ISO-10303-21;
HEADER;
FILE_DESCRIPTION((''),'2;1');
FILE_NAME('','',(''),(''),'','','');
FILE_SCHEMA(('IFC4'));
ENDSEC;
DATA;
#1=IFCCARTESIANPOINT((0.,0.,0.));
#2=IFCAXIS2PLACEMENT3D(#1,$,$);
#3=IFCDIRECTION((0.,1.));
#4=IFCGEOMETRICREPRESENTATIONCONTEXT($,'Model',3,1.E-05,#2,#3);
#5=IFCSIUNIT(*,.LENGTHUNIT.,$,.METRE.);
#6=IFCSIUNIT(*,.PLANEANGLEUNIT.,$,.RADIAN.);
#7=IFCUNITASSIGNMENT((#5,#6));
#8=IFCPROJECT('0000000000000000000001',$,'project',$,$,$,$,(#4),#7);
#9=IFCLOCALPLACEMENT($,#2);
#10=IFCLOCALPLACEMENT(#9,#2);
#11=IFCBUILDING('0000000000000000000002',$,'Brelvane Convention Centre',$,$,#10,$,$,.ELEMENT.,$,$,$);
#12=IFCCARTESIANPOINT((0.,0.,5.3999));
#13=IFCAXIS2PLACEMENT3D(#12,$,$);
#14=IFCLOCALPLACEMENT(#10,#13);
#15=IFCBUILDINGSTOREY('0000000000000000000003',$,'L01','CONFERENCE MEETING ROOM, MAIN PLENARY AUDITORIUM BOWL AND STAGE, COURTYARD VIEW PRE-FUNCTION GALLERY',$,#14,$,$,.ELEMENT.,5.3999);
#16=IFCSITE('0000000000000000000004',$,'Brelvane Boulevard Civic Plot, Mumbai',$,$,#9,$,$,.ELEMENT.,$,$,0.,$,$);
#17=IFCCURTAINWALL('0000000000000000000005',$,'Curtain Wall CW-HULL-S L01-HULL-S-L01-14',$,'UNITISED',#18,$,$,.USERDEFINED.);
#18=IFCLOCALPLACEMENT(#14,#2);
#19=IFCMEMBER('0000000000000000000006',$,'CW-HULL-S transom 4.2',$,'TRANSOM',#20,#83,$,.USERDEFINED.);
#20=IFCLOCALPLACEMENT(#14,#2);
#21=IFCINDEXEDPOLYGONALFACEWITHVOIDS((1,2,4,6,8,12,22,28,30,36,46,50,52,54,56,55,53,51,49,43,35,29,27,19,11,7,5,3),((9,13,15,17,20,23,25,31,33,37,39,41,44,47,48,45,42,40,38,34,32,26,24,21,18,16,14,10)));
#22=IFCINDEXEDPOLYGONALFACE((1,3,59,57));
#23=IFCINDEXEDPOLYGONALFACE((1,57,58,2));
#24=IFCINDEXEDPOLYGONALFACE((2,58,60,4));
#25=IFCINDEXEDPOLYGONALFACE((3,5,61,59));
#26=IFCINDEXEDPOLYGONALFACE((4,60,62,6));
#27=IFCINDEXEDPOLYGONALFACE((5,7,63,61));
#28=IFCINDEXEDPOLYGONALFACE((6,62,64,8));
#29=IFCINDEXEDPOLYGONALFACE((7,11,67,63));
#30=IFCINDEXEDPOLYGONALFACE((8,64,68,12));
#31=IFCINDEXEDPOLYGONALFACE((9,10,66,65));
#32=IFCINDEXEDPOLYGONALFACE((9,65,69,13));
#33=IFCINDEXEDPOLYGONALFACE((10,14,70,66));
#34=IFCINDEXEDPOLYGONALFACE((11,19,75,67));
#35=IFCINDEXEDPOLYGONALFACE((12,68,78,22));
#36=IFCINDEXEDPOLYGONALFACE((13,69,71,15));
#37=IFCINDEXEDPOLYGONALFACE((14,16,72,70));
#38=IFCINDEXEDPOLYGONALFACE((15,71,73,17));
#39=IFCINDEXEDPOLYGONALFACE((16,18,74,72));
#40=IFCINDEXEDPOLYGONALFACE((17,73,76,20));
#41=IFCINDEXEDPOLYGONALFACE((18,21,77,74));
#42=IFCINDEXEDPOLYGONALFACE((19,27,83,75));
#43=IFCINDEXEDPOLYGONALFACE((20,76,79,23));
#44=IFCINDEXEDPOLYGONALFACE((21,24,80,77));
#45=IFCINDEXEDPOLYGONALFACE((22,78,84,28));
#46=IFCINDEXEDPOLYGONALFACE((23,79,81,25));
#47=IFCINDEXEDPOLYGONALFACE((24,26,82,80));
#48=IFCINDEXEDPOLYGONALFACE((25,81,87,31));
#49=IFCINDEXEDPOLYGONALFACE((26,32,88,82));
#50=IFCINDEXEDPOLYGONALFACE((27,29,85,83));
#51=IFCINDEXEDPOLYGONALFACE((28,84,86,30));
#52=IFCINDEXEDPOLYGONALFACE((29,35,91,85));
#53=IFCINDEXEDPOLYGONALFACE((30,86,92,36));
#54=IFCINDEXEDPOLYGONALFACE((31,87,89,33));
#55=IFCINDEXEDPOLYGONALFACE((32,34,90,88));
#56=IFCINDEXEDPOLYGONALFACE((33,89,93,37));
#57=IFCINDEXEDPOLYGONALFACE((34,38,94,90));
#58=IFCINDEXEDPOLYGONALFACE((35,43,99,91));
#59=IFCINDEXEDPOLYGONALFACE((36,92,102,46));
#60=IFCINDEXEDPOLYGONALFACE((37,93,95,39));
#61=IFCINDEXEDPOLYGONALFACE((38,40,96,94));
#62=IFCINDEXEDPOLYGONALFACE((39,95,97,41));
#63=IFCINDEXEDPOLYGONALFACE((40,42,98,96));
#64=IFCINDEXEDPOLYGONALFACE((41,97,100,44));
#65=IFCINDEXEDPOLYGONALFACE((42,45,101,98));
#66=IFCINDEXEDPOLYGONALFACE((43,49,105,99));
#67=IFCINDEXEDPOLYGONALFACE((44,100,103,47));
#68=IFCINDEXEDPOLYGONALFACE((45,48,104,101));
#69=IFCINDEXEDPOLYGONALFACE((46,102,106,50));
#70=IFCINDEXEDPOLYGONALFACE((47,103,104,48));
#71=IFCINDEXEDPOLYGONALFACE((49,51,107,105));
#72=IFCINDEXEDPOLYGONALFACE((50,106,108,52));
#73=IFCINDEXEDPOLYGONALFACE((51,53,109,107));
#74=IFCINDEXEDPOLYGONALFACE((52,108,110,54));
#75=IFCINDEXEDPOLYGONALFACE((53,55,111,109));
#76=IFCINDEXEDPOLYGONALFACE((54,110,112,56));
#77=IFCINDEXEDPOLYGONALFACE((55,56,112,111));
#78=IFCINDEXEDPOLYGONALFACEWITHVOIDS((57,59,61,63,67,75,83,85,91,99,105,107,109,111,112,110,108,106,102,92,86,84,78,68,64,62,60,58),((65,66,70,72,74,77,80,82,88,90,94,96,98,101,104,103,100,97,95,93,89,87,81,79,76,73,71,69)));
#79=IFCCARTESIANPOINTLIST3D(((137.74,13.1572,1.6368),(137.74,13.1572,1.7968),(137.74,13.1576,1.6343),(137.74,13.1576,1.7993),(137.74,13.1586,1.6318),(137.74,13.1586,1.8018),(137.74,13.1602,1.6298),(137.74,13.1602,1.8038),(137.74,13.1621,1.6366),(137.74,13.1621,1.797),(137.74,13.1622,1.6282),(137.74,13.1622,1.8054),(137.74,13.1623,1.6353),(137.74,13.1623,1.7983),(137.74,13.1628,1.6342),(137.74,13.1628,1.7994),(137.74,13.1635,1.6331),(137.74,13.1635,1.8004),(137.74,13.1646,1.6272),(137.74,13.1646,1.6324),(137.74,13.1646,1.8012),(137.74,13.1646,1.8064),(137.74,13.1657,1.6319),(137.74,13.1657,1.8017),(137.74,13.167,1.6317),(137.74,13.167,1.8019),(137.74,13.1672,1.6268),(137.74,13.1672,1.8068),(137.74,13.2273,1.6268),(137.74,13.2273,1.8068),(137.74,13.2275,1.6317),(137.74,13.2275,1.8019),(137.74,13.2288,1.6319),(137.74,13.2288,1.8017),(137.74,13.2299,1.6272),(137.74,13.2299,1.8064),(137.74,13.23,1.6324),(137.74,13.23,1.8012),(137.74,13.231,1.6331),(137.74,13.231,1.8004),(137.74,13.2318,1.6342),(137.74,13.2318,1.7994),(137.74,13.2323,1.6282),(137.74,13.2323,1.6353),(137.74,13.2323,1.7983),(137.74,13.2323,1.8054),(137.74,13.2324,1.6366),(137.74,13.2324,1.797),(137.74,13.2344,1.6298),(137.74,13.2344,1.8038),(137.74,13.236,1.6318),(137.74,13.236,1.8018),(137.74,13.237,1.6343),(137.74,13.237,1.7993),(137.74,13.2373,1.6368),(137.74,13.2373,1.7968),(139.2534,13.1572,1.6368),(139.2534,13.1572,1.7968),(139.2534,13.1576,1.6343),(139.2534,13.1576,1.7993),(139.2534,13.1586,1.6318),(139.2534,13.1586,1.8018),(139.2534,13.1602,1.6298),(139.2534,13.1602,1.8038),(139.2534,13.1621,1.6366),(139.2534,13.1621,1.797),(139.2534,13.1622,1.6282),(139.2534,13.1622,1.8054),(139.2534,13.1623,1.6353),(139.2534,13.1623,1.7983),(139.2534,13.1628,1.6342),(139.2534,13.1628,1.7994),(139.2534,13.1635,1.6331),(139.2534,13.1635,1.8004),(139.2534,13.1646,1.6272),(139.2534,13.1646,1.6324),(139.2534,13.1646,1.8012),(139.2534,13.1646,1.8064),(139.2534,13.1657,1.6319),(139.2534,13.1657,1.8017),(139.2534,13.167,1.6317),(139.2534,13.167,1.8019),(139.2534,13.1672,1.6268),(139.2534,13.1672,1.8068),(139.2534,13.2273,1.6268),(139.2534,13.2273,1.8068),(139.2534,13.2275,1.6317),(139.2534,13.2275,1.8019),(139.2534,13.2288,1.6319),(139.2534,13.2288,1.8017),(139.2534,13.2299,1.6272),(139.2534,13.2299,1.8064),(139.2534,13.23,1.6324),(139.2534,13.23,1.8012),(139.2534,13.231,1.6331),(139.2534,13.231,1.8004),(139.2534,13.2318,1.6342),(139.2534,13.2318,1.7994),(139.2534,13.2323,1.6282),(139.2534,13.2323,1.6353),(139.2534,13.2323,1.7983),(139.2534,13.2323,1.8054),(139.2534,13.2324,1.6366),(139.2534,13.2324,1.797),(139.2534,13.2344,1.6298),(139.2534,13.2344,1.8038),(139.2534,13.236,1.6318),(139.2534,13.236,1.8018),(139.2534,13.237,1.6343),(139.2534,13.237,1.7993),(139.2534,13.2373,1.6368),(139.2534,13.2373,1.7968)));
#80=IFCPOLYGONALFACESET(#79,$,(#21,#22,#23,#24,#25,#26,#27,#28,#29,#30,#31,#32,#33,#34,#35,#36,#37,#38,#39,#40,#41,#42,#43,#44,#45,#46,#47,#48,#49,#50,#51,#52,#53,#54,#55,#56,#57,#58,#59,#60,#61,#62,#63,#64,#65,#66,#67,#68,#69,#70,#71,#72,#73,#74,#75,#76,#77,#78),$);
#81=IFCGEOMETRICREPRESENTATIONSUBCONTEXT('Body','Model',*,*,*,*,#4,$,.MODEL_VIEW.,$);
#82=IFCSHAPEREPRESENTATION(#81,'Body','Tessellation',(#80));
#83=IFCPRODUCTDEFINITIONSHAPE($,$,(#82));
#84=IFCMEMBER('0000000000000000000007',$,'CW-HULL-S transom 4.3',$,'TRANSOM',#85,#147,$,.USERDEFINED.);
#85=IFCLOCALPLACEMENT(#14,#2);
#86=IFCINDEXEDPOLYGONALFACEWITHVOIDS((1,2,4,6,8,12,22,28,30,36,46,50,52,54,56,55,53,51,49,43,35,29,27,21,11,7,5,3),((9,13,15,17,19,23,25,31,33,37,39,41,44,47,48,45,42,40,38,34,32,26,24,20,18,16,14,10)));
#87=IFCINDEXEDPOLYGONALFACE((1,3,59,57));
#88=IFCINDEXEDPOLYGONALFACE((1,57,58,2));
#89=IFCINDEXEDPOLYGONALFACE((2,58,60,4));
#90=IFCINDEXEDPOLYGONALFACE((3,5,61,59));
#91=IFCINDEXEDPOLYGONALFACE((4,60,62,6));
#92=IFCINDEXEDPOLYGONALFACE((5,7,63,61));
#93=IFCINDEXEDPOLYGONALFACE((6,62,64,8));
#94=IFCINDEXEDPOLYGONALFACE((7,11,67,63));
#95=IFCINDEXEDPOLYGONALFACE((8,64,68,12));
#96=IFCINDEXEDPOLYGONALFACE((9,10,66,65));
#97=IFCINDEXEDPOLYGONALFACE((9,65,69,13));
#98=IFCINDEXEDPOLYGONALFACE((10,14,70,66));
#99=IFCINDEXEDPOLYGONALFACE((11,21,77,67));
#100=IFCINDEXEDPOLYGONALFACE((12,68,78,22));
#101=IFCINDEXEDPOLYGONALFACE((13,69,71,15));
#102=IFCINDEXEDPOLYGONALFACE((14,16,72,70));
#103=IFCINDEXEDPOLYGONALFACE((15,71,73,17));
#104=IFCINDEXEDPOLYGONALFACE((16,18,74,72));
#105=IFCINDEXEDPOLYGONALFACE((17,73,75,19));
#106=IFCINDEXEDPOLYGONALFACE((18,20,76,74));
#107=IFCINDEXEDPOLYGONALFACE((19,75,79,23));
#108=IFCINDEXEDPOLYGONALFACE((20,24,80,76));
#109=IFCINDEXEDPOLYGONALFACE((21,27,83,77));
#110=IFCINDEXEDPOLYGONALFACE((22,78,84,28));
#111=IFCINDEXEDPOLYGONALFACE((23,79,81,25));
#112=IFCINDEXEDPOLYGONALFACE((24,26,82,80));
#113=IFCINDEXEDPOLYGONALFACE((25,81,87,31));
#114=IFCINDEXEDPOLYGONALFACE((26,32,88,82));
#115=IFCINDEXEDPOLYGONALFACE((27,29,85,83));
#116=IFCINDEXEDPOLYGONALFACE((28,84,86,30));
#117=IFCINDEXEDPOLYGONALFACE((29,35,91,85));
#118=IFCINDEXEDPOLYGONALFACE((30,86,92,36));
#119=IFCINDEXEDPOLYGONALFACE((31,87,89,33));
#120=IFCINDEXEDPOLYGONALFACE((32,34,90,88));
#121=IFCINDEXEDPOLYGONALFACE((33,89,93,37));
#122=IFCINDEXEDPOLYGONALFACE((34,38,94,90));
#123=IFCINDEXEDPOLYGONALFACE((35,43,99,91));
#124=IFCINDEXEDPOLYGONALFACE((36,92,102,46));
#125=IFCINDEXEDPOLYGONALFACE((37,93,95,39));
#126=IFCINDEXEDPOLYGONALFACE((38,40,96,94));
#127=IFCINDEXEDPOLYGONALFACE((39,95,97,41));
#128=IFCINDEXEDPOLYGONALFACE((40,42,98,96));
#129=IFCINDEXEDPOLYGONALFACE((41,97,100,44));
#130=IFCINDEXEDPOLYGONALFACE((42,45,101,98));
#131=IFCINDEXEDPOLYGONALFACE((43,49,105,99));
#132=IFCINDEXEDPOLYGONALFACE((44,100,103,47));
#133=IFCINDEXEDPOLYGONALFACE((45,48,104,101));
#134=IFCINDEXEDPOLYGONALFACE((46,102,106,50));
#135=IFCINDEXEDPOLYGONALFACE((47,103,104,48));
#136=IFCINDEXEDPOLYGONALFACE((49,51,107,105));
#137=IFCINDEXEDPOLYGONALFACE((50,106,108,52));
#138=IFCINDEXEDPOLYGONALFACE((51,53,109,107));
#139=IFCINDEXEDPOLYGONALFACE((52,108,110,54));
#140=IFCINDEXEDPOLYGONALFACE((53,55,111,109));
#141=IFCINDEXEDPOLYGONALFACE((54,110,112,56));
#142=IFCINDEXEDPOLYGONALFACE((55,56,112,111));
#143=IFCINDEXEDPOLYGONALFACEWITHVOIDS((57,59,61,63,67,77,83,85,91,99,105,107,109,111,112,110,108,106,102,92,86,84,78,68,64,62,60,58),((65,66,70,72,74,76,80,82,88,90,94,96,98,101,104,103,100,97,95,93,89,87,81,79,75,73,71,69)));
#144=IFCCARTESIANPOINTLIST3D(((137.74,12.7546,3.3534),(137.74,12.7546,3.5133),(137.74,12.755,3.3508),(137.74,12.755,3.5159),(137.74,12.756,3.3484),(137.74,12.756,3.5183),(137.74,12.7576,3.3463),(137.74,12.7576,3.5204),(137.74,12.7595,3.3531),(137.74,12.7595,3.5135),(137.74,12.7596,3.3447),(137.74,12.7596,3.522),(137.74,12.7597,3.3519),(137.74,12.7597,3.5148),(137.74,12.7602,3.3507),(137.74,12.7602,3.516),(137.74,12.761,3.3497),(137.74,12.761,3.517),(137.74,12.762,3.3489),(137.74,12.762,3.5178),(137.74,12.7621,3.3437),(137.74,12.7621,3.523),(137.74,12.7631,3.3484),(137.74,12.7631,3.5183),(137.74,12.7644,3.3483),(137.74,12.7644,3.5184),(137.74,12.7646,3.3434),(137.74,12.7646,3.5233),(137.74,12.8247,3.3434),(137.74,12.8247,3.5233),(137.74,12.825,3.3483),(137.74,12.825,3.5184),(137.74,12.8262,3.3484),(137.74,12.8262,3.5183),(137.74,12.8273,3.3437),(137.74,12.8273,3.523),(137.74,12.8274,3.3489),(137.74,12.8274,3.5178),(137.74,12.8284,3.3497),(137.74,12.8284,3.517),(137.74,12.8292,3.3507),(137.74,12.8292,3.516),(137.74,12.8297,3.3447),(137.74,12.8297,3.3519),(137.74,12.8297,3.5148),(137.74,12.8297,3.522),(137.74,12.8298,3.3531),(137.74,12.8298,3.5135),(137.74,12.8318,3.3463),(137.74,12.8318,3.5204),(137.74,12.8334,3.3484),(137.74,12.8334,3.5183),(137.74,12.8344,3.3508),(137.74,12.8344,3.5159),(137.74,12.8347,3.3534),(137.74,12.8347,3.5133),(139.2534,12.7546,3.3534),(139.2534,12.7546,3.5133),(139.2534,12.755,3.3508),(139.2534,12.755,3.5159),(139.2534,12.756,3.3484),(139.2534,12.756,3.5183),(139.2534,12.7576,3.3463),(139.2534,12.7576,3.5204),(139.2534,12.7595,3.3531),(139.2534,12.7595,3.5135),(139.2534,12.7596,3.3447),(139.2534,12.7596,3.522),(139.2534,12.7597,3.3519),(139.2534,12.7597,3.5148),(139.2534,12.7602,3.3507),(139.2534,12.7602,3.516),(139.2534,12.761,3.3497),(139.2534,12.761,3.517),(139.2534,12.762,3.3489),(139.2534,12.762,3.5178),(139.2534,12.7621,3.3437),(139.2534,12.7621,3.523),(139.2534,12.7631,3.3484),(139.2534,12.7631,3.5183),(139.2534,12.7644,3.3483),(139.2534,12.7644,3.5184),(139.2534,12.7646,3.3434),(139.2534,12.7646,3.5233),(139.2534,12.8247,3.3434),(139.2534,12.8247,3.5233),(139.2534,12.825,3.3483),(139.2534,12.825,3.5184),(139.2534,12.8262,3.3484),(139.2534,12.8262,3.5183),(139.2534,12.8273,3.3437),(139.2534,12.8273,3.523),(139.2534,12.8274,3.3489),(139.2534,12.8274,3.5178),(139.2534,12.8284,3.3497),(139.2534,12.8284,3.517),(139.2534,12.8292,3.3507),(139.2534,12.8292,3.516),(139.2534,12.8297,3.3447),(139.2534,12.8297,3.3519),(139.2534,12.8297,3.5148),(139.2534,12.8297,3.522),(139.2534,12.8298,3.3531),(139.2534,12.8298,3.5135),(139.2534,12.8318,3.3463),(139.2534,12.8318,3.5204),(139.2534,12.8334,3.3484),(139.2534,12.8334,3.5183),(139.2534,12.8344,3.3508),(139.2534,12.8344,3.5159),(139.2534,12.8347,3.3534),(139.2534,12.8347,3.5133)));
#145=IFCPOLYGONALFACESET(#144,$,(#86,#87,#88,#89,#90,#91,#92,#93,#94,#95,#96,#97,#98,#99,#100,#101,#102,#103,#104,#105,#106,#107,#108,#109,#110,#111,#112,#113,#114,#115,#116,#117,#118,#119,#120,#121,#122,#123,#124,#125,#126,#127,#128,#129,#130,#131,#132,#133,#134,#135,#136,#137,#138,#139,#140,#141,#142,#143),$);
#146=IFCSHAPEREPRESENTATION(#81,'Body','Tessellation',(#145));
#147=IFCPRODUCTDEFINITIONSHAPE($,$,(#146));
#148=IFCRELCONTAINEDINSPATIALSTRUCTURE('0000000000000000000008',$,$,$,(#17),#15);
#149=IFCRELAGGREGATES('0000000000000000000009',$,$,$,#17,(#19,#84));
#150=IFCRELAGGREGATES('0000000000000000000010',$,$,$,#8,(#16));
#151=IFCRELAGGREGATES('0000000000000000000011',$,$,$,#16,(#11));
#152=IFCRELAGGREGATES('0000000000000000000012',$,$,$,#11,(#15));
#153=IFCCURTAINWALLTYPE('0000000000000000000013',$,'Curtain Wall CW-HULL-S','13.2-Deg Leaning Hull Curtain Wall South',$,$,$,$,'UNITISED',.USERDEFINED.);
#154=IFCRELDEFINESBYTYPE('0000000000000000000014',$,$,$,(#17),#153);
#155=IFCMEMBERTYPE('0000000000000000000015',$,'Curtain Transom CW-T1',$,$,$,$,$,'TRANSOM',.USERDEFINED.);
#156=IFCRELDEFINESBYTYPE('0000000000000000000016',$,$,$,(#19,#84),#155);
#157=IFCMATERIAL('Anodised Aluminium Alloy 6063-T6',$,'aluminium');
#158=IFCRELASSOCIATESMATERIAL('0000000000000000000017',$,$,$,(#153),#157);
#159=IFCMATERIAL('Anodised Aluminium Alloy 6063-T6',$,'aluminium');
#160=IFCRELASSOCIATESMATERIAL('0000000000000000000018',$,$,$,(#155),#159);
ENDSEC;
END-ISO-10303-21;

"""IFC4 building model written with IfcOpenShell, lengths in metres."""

from ifc_helpers import new_model, si_unit, direction, frame, origin, origin_2d, place, context, subcontext, project, spatial, hollow_rectangle, extrude, material, material_profile, profile_set, type_object, element, aggregate, save


model = new_model("IFC4")

# Units and contexts
model_context = context("Model", 3, precision=1e-05, world=origin(), true_north=direction((0.0, 1.0)))
body_context = subcontext(model_context, "Body", "Model", "MODEL_VIEW")
ifc_project = project(units=[si_unit("LENGTHUNIT", "METRE"), si_unit("PLANEANGLEUNIT", "RADIAN")], contexts=[model_context])

# Site, building, storey
site_placement = place(None, origin())
site = spatial("IfcSite", under=ifc_project, at=site_placement, Name="Brelvane Boulevard Civic Plot, Mumbai", CompositionType="ELEMENT", RefElevation=0.0)
building_placement = place(site_placement, origin())
building = spatial("IfcBuilding", under=site, at=building_placement, Name="Brelvane Convention Centre", CompositionType="ELEMENT")
storey_placement = place(building_placement, frame((0.0, 0.0, 5.3999)))
storey = spatial("IfcBuildingStorey", under=building, at=storey_placement, Name="L01", Description="CONFERENCE MEETING ROOM, MAIN PLENARY AUDITORIUM BOWL AND STAGE, COURTYARD VIEW PRE-FUNCTION GALLERY", CompositionType="ELEMENT", Elevation=5.3999)

# Curtain wall, members
ifc_material_1 = material(Name="Anodised Aluminium Alloy 6063-T6", Category="aluminium")
curtain_wall_type = type_object("IfcCurtainWallType", Name="Curtain Wall CW-HULL-S", Description="13.2-Deg Leaning Hull Curtain Wall South", ElementType="UNITISED", PredefinedType="USERDEFINED", material=ifc_material_1)
curtain_wall_1_placement = place(storey_placement, origin())
curtain_wall_1 = element("IfcCurtainWall", 1, at=curtain_wall_1_placement, inside=storey, type_object=curtain_wall_type, Name="Curtain Wall CW-HULL-S L01-HULL-S-L01-14", ObjectType="UNITISED", PredefinedType="USERDEFINED")
ifc_material_2 = material(Name="Anodised Aluminium Alloy 6063-T6", Category="aluminium")
ifc_material_profile_1 = material_profile(ifc_material_2, hollow_rectangle(XDim=0.0801, YDim=0.1799, WallThickness=0.0049, InnerFilletRadius=0.0049, OuterFilletRadius=0.01, at=origin_2d()), Name="ALU-T 180x80x5.0")
ifc_profile_set_1 = profile_set([ifc_material_profile_1], Name="Anodised Aluminium Alloy 6063-T6")
member_type_1 = type_object("IfcMemberType", Name="Curtain Transom CW-T1", ElementType="TRANSOM", PredefinedType="USERDEFINED", material=ifc_profile_set_1)
member_1_placement = place(storey_placement, frame((137.74, 13.1973, 1.7168), z_axis=(1.0, 0.0, 0.0), x_axis=(0.0, 1.0, 0.0)))
member_1 = element("IfcMember", 2, at=member_1_placement, type_object=member_type_1, Name="CW-HULL-S transom 4.2", ObjectType="TRANSOM", PredefinedType="USERDEFINED", context=body_context, shape_type="SweptSolid", body=[
    extrude(hollow_rectangle(XDim=0.0801, YDim=0.1799, WallThickness=0.0049, InnerFilletRadius=0.0049, OuterFilletRadius=0.01, at=origin_2d()), origin(), (0.0, 0.0, 1.0), 1.5134),
])
member_2_placement = place(storey_placement, frame((137.74, 12.7947, 3.4333), z_axis=(1.0, 0.0, 0.0), x_axis=(0.0, 1.0, 0.0)))
member_2 = element("IfcMember", 3, at=member_2_placement, type_object=member_type_1, Name="CW-HULL-S transom 4.3", ObjectType="TRANSOM", PredefinedType="USERDEFINED", context=body_context, shape_type="SweptSolid", body=[
    extrude(hollow_rectangle(XDim=0.0801, YDim=0.1799, WallThickness=0.0049, InnerFilletRadius=0.0049, OuterFilletRadius=0.01, at=origin_2d()), origin(), (0.0, 0.0, 1.0), 1.5134),
])

aggregate(curtain_wall_1, [member_1, member_2])

save(model, "model.ifc")
